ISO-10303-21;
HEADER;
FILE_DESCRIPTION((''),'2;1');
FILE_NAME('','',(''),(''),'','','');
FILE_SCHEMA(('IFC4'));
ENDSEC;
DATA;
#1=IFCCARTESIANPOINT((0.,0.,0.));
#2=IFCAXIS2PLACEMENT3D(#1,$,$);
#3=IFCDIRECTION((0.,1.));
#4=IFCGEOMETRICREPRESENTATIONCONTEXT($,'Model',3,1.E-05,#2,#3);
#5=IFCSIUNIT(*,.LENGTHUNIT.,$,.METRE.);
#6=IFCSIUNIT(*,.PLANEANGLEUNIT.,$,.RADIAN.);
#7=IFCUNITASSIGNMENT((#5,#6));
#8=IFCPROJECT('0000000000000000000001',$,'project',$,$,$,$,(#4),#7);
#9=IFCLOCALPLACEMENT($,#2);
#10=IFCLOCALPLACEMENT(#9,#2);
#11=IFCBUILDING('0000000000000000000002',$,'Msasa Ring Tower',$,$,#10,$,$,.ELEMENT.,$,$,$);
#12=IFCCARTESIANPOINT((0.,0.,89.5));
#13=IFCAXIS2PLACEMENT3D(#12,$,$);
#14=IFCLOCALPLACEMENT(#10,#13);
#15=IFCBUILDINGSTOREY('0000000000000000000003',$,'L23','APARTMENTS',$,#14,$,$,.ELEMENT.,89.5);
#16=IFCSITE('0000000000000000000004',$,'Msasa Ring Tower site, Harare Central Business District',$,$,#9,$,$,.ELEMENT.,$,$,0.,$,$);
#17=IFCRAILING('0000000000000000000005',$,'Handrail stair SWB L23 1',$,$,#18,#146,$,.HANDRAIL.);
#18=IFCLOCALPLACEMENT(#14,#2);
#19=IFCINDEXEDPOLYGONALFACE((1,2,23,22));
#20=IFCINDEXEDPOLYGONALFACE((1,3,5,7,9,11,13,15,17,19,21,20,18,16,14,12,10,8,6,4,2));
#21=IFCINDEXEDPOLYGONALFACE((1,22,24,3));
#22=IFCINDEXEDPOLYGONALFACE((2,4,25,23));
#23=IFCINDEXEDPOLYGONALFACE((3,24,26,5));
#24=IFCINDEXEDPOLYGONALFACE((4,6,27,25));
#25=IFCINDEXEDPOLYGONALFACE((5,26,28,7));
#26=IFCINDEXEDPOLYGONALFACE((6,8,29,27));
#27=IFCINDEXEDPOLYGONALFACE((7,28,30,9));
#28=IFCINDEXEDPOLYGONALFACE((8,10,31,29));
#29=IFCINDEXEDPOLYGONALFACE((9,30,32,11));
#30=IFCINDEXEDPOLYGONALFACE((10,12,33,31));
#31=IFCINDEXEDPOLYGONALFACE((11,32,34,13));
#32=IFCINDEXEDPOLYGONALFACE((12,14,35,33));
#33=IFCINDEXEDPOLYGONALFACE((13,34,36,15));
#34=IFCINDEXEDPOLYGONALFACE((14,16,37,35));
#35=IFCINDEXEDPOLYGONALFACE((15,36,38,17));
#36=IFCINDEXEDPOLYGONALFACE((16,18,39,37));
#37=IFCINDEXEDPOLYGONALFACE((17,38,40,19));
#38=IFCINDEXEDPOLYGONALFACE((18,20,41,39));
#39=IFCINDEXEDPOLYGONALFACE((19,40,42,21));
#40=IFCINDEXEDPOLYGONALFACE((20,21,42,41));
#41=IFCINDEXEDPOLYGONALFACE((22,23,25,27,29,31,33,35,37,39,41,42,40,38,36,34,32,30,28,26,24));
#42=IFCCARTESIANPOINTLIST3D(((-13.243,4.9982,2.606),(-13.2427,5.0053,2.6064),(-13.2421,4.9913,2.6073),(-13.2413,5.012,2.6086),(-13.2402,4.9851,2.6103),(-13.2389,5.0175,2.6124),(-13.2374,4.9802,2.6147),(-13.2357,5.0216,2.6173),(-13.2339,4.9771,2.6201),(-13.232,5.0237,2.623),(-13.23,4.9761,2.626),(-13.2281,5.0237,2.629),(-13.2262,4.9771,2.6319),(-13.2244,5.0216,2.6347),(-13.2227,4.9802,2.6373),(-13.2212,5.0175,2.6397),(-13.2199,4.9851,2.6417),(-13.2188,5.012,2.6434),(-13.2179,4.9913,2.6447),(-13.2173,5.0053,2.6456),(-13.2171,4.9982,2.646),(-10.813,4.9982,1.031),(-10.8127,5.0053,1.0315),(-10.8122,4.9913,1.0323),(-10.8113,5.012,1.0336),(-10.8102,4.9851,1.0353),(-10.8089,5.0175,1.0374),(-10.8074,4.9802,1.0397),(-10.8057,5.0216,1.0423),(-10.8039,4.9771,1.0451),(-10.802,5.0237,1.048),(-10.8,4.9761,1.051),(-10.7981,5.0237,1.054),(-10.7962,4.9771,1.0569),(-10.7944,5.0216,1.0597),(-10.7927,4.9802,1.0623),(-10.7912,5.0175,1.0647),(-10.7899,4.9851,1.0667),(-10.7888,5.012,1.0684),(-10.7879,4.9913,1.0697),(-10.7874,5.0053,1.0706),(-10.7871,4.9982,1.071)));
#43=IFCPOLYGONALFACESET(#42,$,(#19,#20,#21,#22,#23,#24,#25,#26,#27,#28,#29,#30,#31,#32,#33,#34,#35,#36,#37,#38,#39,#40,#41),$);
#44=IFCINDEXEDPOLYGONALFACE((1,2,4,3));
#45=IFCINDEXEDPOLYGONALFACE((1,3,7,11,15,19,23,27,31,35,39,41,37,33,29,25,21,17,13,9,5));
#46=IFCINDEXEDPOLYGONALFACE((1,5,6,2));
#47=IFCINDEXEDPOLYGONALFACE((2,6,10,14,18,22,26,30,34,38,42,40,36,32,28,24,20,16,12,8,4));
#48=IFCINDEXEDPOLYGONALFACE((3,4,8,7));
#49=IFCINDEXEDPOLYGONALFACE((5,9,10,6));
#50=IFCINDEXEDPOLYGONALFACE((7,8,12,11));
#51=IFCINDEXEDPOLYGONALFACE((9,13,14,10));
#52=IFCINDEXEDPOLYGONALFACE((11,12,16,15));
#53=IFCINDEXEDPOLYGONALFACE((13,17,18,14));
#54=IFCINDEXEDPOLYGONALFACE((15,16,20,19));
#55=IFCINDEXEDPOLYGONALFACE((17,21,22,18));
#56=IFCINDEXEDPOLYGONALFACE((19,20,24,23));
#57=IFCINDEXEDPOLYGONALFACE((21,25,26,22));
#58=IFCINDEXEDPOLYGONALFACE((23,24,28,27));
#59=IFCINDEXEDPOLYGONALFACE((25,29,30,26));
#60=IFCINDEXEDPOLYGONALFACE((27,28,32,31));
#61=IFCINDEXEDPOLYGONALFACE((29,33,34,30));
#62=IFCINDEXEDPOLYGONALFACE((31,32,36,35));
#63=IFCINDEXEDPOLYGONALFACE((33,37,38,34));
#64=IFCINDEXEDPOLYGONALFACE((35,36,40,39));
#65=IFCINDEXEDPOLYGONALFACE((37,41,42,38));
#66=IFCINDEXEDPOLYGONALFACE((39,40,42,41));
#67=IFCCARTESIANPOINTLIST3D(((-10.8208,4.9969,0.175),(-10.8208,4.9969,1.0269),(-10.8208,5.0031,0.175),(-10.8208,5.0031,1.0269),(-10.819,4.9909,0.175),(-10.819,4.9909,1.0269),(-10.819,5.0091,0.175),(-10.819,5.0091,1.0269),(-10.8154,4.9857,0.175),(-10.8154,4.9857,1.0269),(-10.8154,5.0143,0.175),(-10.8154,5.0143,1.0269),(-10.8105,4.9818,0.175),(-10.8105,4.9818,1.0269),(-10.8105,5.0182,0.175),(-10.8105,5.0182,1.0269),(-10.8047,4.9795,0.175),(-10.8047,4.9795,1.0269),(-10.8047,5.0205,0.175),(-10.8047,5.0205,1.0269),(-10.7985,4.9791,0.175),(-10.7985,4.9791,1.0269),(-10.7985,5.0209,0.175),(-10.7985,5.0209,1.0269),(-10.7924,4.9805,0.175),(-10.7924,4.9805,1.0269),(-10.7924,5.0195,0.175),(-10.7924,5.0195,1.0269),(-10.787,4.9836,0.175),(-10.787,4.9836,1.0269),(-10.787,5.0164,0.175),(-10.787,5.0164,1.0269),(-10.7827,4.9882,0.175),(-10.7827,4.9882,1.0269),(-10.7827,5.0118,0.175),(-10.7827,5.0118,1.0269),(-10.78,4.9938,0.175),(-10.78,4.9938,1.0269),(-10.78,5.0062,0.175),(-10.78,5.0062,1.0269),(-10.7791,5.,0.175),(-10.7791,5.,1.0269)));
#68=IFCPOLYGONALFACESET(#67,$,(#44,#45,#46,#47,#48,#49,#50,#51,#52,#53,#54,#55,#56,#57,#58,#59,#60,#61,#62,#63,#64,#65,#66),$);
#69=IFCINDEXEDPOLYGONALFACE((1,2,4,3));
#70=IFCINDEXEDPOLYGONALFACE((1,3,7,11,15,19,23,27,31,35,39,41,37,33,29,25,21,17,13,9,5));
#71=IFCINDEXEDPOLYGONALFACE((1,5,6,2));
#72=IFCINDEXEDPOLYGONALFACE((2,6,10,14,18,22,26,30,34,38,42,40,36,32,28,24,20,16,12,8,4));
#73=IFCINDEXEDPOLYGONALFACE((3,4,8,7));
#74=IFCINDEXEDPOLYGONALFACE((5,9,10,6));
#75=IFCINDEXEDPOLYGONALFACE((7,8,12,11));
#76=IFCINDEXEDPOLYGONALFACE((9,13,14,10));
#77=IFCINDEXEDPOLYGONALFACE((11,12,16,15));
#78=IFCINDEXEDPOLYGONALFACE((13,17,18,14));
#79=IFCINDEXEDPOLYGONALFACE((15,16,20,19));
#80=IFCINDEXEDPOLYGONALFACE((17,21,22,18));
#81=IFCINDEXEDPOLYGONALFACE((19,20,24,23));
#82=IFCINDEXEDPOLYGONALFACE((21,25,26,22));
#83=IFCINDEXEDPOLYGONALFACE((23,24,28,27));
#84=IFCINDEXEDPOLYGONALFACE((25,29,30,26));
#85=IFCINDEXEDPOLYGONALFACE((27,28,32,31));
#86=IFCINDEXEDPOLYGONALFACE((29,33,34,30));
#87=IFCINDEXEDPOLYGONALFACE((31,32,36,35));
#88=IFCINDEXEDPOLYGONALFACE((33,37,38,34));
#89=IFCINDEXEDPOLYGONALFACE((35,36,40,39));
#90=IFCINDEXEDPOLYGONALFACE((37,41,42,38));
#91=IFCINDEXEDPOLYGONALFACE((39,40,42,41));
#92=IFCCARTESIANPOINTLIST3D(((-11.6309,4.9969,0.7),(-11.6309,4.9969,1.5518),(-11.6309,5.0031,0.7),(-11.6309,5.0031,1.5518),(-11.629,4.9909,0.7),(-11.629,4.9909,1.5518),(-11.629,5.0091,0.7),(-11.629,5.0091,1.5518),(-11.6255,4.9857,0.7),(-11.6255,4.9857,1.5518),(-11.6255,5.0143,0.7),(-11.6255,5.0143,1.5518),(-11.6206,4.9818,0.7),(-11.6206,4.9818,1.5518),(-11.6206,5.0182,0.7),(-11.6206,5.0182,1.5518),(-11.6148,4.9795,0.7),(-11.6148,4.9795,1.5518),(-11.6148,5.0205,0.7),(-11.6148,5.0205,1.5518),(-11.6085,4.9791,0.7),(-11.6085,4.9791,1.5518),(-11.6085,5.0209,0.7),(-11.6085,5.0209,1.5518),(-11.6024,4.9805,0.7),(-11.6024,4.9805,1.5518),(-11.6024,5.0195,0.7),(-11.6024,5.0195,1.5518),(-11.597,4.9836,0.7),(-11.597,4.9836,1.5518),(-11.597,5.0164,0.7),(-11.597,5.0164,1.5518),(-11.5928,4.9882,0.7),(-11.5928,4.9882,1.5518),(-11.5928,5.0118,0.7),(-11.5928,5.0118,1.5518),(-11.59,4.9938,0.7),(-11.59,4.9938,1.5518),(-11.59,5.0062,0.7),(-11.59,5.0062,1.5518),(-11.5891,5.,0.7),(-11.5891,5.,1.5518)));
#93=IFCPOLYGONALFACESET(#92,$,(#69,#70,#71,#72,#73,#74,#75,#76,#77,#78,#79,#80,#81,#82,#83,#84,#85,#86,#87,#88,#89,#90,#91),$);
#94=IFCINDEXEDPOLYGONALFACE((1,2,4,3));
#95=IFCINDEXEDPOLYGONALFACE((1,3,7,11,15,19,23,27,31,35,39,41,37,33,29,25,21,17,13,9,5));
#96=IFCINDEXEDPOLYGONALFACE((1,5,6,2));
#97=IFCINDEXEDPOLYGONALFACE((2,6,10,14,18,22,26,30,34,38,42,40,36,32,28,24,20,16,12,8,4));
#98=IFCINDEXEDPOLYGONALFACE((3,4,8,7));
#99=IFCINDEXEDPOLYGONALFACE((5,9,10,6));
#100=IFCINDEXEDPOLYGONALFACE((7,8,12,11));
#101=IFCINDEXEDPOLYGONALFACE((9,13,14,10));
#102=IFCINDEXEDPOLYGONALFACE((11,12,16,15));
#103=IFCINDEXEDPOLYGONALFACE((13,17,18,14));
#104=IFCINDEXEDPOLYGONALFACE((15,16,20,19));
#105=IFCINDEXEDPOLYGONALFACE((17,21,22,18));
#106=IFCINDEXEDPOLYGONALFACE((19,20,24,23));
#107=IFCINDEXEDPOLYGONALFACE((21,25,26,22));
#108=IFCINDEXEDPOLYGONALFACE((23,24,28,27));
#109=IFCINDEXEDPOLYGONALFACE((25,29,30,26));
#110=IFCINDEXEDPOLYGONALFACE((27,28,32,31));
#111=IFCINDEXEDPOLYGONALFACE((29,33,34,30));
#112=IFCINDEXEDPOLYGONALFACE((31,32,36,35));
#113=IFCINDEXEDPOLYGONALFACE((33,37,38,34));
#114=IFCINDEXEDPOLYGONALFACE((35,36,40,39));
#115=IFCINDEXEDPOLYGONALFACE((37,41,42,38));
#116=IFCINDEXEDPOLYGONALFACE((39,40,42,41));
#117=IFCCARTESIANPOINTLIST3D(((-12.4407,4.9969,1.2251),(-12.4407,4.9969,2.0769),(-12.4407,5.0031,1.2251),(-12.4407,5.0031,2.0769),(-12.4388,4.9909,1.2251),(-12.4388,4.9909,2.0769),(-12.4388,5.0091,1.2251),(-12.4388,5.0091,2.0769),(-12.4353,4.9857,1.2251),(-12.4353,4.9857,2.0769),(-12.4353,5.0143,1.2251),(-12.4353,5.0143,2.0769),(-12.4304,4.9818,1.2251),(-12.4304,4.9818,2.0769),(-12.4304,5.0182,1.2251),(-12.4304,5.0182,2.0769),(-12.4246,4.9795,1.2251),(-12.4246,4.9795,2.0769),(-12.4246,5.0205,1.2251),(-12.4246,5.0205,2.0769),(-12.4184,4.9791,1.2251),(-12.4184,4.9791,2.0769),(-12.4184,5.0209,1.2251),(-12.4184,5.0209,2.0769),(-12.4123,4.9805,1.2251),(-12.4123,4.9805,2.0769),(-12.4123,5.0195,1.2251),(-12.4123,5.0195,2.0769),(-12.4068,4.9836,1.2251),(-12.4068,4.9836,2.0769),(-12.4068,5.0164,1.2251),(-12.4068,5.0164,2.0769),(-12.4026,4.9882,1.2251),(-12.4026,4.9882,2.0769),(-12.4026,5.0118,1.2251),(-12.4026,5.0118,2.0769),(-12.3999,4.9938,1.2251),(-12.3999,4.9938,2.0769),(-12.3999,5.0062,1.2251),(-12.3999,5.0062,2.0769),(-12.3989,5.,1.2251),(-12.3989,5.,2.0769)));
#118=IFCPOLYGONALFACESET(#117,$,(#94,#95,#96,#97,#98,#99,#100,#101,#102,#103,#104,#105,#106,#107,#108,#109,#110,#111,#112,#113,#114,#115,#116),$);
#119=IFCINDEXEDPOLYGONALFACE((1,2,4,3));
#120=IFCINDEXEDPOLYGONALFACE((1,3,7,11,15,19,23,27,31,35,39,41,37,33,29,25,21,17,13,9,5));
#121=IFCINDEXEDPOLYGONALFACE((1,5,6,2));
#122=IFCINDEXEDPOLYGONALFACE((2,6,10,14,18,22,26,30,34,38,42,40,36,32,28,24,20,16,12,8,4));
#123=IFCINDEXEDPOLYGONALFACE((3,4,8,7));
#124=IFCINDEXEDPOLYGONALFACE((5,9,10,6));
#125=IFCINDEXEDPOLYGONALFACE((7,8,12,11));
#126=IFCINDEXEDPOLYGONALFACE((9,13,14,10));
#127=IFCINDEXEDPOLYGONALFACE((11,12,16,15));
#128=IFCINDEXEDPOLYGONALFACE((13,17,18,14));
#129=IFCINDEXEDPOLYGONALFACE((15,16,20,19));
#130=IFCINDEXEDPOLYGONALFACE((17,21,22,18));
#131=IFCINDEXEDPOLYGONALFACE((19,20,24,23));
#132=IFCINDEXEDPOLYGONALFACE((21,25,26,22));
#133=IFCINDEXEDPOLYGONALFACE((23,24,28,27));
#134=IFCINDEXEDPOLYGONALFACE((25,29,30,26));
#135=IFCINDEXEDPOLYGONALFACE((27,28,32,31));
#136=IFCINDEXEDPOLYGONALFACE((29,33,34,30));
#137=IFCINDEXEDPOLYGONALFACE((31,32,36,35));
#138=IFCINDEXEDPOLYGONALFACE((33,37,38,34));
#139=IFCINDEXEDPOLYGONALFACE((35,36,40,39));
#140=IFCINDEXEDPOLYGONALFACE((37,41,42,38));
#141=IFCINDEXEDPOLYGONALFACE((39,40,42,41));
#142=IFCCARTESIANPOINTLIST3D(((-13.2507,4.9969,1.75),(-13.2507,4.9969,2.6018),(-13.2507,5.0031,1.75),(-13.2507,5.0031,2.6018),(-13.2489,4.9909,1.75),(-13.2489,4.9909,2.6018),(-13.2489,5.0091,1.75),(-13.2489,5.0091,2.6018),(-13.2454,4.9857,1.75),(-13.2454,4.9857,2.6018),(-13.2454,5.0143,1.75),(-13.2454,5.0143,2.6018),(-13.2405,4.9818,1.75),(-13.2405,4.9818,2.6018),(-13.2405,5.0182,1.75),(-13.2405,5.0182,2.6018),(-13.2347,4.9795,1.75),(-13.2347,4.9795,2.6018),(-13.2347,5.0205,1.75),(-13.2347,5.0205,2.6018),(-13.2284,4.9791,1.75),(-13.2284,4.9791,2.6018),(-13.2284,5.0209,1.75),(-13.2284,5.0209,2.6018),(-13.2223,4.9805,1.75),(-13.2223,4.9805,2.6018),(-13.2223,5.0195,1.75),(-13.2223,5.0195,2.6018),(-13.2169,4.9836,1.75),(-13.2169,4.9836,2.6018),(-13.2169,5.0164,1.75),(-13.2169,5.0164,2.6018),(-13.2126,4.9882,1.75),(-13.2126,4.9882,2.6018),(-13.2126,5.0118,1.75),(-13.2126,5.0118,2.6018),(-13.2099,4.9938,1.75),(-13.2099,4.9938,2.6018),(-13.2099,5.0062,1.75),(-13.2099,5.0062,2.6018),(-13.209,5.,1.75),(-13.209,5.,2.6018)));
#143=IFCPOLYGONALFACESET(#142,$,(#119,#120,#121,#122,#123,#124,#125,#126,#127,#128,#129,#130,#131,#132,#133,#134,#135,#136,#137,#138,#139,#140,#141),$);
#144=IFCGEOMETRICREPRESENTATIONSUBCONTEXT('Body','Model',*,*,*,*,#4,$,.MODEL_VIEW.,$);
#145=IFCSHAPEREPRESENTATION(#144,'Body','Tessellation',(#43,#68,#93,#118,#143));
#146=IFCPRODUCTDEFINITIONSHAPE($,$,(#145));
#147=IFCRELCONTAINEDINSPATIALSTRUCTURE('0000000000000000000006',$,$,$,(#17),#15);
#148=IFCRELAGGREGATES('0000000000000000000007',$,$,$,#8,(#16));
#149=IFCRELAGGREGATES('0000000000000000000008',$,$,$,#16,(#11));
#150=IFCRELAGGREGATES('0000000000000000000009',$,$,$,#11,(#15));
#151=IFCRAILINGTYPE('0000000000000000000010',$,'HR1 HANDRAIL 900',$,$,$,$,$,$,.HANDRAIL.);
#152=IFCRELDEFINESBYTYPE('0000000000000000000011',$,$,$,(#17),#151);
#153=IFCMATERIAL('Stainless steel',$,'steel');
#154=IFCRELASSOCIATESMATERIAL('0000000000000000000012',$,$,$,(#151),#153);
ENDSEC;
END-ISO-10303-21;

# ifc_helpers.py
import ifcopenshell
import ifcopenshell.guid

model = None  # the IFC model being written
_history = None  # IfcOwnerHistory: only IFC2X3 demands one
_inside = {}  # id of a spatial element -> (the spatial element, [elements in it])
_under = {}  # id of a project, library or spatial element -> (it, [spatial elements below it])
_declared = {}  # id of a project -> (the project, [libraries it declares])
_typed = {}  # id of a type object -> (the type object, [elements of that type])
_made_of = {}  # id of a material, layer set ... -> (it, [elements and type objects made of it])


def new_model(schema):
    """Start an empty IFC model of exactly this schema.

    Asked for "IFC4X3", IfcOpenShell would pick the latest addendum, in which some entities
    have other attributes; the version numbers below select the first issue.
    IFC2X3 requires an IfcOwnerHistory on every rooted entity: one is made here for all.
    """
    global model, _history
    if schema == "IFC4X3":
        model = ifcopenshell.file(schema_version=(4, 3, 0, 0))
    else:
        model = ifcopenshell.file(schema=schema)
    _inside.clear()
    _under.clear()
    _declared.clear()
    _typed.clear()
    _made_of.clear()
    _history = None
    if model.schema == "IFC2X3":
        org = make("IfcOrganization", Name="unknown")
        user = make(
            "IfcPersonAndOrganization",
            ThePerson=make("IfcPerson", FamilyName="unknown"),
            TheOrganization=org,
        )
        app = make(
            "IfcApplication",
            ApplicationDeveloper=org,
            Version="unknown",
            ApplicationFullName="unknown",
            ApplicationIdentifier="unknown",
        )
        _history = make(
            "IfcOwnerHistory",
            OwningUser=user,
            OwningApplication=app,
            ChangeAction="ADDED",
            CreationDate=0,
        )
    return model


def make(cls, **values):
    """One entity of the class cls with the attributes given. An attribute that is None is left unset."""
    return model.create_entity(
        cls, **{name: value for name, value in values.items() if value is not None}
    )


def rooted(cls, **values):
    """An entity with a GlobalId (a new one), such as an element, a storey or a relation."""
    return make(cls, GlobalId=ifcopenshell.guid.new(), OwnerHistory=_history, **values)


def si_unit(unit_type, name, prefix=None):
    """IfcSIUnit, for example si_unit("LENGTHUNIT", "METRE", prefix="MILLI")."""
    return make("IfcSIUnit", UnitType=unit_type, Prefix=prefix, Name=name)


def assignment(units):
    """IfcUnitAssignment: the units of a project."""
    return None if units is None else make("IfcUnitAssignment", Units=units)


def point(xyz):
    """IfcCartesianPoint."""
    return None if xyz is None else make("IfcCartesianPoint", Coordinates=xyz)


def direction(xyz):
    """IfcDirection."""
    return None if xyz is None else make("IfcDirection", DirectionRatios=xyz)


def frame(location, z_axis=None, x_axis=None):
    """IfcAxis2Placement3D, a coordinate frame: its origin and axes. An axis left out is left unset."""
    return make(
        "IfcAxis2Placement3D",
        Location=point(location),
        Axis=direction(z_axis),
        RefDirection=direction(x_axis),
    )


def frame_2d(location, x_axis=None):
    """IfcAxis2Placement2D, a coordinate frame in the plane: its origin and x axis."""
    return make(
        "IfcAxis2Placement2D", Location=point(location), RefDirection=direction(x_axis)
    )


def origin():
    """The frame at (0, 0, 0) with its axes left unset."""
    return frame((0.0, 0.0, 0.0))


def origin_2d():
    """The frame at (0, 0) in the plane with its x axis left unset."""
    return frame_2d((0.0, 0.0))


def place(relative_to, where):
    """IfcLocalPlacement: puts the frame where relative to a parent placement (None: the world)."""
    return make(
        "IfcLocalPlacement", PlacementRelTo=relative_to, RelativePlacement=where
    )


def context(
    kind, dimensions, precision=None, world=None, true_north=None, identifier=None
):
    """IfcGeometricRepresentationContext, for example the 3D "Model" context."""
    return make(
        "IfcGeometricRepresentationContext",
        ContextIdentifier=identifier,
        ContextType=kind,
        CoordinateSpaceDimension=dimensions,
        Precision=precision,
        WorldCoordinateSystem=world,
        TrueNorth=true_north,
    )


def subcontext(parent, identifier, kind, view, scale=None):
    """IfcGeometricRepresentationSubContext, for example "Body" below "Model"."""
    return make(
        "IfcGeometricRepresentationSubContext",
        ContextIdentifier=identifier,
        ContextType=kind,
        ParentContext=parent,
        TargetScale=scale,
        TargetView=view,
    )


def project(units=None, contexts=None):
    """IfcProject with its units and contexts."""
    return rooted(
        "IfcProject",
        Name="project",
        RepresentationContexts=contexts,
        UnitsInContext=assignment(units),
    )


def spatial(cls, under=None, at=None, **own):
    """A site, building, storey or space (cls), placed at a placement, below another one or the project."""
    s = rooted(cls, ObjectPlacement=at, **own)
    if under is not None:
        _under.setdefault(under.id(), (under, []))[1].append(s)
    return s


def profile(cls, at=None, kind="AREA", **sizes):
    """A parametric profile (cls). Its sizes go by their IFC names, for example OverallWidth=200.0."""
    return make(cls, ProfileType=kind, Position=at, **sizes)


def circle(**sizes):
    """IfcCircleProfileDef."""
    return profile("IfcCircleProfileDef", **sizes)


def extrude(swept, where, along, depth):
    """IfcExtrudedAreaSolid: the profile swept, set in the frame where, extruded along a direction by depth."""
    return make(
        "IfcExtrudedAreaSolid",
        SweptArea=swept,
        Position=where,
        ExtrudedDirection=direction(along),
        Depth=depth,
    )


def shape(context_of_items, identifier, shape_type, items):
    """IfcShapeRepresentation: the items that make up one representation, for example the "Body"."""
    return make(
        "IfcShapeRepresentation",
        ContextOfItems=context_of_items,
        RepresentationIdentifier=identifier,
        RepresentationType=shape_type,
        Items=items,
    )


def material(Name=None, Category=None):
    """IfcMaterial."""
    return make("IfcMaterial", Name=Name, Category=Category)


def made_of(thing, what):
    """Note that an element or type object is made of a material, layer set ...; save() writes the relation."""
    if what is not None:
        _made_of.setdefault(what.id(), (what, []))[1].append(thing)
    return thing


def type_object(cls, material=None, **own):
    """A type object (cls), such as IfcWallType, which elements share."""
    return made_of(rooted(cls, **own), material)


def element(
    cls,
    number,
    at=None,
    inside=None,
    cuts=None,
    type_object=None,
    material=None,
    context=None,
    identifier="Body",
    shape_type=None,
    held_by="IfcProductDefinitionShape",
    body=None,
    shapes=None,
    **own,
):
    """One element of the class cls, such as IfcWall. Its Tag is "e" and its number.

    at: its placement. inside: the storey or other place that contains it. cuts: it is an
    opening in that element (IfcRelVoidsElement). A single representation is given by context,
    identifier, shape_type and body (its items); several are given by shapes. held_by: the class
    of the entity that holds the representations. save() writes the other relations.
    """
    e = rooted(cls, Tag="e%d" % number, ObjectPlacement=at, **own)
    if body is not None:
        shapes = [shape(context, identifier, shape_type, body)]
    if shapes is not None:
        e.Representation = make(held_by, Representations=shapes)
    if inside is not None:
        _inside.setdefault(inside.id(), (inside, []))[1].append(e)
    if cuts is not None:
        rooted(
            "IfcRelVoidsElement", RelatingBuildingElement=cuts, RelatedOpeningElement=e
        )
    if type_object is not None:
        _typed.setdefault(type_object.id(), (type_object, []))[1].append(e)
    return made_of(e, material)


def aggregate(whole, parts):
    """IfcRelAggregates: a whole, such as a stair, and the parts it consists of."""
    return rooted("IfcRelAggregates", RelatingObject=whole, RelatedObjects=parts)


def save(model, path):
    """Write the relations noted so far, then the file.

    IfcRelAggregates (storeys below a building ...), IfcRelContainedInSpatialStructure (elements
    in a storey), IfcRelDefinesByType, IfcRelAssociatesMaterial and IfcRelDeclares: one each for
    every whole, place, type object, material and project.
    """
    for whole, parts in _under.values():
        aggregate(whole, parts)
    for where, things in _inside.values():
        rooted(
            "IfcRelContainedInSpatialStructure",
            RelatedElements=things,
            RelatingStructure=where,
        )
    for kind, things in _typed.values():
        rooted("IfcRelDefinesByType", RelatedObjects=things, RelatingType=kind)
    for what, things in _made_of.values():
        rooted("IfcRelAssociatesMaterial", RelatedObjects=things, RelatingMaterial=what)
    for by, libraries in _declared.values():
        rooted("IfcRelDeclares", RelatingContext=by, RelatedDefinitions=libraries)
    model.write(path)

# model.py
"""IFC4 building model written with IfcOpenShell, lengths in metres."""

from ifc_helpers import new_model, si_unit, direction, frame, origin, origin_2d, place, context, subcontext, project, spatial, circle, extrude, material, type_object, element, save


model = new_model("IFC4")

# Units and contexts
model_context = context("Model", 3, precision=1e-05, world=origin(), true_north=direction((0.0, 1.0)))
body_context = subcontext(model_context, "Body", "Model", "MODEL_VIEW")
ifc_project = project(units=[si_unit("LENGTHUNIT", "METRE"), si_unit("PLANEANGLEUNIT", "RADIAN")], contexts=[model_context])

# Site, building, storey
site_placement = place(None, origin())
site = spatial("IfcSite", under=ifc_project, at=site_placement, Name="Msasa Ring Tower site, Harare Central Business District", CompositionType="ELEMENT", RefElevation=0.0)
building_placement = place(site_placement, origin())
building = spatial("IfcBuilding", under=site, at=building_placement, Name="Msasa Ring Tower", CompositionType="ELEMENT")
storey_placement = place(building_placement, frame((0.0, 0.0, 89.5)))
storey = spatial("IfcBuildingStorey", under=building, at=storey_placement, Name="L23", Description="APARTMENTS", CompositionType="ELEMENT", Elevation=89.5)

# Railing
ifc_material_1 = material(Name="Stainless steel", Category="steel")
railing_type = type_object("IfcRailingType", Name="HR1 HANDRAIL 900", PredefinedType="HANDRAIL", material=ifc_material_1)
railing_placement = place(storey_placement, frame((-10.8, 5.0, 0.175)))
element("IfcRailing", 1, at=railing_placement, inside=storey, type_object=railing_type, Name="Handrail stair SWB L23 1", PredefinedType="HANDRAIL", context=body_context, shape_type="SweptSolid", body=[
    extrude(circle(Radius=0.0239, at=origin_2d()), frame((0.0, 0.0, 0.876), z_axis=(-0.839154, 0.0, 0.543894), x_axis=(0.0, -1.0, 0.0)), (0.0, 0.0, 1.0), 2.8958),
    extrude(circle(Radius=0.021, at=origin_2d()), origin(), (0.0, 0.0, 1.0), 0.8518),
    extrude(circle(Radius=0.021, at=origin_2d()), frame((-0.8101, 0.0, 0.5249)), (0.0, 0.0, 1.0), 0.8518),
    extrude(circle(Radius=0.021, at=origin_2d()), frame((-1.6199, 0.0, 1.05)), (0.0, 0.0, 1.0), 0.8518),
    extrude(circle(Radius=0.021, at=origin_2d()), frame((-2.4299, 0.0, 1.575)), (0.0, 0.0, 1.0), 0.8518),
])

save(model, "model.ifc")
